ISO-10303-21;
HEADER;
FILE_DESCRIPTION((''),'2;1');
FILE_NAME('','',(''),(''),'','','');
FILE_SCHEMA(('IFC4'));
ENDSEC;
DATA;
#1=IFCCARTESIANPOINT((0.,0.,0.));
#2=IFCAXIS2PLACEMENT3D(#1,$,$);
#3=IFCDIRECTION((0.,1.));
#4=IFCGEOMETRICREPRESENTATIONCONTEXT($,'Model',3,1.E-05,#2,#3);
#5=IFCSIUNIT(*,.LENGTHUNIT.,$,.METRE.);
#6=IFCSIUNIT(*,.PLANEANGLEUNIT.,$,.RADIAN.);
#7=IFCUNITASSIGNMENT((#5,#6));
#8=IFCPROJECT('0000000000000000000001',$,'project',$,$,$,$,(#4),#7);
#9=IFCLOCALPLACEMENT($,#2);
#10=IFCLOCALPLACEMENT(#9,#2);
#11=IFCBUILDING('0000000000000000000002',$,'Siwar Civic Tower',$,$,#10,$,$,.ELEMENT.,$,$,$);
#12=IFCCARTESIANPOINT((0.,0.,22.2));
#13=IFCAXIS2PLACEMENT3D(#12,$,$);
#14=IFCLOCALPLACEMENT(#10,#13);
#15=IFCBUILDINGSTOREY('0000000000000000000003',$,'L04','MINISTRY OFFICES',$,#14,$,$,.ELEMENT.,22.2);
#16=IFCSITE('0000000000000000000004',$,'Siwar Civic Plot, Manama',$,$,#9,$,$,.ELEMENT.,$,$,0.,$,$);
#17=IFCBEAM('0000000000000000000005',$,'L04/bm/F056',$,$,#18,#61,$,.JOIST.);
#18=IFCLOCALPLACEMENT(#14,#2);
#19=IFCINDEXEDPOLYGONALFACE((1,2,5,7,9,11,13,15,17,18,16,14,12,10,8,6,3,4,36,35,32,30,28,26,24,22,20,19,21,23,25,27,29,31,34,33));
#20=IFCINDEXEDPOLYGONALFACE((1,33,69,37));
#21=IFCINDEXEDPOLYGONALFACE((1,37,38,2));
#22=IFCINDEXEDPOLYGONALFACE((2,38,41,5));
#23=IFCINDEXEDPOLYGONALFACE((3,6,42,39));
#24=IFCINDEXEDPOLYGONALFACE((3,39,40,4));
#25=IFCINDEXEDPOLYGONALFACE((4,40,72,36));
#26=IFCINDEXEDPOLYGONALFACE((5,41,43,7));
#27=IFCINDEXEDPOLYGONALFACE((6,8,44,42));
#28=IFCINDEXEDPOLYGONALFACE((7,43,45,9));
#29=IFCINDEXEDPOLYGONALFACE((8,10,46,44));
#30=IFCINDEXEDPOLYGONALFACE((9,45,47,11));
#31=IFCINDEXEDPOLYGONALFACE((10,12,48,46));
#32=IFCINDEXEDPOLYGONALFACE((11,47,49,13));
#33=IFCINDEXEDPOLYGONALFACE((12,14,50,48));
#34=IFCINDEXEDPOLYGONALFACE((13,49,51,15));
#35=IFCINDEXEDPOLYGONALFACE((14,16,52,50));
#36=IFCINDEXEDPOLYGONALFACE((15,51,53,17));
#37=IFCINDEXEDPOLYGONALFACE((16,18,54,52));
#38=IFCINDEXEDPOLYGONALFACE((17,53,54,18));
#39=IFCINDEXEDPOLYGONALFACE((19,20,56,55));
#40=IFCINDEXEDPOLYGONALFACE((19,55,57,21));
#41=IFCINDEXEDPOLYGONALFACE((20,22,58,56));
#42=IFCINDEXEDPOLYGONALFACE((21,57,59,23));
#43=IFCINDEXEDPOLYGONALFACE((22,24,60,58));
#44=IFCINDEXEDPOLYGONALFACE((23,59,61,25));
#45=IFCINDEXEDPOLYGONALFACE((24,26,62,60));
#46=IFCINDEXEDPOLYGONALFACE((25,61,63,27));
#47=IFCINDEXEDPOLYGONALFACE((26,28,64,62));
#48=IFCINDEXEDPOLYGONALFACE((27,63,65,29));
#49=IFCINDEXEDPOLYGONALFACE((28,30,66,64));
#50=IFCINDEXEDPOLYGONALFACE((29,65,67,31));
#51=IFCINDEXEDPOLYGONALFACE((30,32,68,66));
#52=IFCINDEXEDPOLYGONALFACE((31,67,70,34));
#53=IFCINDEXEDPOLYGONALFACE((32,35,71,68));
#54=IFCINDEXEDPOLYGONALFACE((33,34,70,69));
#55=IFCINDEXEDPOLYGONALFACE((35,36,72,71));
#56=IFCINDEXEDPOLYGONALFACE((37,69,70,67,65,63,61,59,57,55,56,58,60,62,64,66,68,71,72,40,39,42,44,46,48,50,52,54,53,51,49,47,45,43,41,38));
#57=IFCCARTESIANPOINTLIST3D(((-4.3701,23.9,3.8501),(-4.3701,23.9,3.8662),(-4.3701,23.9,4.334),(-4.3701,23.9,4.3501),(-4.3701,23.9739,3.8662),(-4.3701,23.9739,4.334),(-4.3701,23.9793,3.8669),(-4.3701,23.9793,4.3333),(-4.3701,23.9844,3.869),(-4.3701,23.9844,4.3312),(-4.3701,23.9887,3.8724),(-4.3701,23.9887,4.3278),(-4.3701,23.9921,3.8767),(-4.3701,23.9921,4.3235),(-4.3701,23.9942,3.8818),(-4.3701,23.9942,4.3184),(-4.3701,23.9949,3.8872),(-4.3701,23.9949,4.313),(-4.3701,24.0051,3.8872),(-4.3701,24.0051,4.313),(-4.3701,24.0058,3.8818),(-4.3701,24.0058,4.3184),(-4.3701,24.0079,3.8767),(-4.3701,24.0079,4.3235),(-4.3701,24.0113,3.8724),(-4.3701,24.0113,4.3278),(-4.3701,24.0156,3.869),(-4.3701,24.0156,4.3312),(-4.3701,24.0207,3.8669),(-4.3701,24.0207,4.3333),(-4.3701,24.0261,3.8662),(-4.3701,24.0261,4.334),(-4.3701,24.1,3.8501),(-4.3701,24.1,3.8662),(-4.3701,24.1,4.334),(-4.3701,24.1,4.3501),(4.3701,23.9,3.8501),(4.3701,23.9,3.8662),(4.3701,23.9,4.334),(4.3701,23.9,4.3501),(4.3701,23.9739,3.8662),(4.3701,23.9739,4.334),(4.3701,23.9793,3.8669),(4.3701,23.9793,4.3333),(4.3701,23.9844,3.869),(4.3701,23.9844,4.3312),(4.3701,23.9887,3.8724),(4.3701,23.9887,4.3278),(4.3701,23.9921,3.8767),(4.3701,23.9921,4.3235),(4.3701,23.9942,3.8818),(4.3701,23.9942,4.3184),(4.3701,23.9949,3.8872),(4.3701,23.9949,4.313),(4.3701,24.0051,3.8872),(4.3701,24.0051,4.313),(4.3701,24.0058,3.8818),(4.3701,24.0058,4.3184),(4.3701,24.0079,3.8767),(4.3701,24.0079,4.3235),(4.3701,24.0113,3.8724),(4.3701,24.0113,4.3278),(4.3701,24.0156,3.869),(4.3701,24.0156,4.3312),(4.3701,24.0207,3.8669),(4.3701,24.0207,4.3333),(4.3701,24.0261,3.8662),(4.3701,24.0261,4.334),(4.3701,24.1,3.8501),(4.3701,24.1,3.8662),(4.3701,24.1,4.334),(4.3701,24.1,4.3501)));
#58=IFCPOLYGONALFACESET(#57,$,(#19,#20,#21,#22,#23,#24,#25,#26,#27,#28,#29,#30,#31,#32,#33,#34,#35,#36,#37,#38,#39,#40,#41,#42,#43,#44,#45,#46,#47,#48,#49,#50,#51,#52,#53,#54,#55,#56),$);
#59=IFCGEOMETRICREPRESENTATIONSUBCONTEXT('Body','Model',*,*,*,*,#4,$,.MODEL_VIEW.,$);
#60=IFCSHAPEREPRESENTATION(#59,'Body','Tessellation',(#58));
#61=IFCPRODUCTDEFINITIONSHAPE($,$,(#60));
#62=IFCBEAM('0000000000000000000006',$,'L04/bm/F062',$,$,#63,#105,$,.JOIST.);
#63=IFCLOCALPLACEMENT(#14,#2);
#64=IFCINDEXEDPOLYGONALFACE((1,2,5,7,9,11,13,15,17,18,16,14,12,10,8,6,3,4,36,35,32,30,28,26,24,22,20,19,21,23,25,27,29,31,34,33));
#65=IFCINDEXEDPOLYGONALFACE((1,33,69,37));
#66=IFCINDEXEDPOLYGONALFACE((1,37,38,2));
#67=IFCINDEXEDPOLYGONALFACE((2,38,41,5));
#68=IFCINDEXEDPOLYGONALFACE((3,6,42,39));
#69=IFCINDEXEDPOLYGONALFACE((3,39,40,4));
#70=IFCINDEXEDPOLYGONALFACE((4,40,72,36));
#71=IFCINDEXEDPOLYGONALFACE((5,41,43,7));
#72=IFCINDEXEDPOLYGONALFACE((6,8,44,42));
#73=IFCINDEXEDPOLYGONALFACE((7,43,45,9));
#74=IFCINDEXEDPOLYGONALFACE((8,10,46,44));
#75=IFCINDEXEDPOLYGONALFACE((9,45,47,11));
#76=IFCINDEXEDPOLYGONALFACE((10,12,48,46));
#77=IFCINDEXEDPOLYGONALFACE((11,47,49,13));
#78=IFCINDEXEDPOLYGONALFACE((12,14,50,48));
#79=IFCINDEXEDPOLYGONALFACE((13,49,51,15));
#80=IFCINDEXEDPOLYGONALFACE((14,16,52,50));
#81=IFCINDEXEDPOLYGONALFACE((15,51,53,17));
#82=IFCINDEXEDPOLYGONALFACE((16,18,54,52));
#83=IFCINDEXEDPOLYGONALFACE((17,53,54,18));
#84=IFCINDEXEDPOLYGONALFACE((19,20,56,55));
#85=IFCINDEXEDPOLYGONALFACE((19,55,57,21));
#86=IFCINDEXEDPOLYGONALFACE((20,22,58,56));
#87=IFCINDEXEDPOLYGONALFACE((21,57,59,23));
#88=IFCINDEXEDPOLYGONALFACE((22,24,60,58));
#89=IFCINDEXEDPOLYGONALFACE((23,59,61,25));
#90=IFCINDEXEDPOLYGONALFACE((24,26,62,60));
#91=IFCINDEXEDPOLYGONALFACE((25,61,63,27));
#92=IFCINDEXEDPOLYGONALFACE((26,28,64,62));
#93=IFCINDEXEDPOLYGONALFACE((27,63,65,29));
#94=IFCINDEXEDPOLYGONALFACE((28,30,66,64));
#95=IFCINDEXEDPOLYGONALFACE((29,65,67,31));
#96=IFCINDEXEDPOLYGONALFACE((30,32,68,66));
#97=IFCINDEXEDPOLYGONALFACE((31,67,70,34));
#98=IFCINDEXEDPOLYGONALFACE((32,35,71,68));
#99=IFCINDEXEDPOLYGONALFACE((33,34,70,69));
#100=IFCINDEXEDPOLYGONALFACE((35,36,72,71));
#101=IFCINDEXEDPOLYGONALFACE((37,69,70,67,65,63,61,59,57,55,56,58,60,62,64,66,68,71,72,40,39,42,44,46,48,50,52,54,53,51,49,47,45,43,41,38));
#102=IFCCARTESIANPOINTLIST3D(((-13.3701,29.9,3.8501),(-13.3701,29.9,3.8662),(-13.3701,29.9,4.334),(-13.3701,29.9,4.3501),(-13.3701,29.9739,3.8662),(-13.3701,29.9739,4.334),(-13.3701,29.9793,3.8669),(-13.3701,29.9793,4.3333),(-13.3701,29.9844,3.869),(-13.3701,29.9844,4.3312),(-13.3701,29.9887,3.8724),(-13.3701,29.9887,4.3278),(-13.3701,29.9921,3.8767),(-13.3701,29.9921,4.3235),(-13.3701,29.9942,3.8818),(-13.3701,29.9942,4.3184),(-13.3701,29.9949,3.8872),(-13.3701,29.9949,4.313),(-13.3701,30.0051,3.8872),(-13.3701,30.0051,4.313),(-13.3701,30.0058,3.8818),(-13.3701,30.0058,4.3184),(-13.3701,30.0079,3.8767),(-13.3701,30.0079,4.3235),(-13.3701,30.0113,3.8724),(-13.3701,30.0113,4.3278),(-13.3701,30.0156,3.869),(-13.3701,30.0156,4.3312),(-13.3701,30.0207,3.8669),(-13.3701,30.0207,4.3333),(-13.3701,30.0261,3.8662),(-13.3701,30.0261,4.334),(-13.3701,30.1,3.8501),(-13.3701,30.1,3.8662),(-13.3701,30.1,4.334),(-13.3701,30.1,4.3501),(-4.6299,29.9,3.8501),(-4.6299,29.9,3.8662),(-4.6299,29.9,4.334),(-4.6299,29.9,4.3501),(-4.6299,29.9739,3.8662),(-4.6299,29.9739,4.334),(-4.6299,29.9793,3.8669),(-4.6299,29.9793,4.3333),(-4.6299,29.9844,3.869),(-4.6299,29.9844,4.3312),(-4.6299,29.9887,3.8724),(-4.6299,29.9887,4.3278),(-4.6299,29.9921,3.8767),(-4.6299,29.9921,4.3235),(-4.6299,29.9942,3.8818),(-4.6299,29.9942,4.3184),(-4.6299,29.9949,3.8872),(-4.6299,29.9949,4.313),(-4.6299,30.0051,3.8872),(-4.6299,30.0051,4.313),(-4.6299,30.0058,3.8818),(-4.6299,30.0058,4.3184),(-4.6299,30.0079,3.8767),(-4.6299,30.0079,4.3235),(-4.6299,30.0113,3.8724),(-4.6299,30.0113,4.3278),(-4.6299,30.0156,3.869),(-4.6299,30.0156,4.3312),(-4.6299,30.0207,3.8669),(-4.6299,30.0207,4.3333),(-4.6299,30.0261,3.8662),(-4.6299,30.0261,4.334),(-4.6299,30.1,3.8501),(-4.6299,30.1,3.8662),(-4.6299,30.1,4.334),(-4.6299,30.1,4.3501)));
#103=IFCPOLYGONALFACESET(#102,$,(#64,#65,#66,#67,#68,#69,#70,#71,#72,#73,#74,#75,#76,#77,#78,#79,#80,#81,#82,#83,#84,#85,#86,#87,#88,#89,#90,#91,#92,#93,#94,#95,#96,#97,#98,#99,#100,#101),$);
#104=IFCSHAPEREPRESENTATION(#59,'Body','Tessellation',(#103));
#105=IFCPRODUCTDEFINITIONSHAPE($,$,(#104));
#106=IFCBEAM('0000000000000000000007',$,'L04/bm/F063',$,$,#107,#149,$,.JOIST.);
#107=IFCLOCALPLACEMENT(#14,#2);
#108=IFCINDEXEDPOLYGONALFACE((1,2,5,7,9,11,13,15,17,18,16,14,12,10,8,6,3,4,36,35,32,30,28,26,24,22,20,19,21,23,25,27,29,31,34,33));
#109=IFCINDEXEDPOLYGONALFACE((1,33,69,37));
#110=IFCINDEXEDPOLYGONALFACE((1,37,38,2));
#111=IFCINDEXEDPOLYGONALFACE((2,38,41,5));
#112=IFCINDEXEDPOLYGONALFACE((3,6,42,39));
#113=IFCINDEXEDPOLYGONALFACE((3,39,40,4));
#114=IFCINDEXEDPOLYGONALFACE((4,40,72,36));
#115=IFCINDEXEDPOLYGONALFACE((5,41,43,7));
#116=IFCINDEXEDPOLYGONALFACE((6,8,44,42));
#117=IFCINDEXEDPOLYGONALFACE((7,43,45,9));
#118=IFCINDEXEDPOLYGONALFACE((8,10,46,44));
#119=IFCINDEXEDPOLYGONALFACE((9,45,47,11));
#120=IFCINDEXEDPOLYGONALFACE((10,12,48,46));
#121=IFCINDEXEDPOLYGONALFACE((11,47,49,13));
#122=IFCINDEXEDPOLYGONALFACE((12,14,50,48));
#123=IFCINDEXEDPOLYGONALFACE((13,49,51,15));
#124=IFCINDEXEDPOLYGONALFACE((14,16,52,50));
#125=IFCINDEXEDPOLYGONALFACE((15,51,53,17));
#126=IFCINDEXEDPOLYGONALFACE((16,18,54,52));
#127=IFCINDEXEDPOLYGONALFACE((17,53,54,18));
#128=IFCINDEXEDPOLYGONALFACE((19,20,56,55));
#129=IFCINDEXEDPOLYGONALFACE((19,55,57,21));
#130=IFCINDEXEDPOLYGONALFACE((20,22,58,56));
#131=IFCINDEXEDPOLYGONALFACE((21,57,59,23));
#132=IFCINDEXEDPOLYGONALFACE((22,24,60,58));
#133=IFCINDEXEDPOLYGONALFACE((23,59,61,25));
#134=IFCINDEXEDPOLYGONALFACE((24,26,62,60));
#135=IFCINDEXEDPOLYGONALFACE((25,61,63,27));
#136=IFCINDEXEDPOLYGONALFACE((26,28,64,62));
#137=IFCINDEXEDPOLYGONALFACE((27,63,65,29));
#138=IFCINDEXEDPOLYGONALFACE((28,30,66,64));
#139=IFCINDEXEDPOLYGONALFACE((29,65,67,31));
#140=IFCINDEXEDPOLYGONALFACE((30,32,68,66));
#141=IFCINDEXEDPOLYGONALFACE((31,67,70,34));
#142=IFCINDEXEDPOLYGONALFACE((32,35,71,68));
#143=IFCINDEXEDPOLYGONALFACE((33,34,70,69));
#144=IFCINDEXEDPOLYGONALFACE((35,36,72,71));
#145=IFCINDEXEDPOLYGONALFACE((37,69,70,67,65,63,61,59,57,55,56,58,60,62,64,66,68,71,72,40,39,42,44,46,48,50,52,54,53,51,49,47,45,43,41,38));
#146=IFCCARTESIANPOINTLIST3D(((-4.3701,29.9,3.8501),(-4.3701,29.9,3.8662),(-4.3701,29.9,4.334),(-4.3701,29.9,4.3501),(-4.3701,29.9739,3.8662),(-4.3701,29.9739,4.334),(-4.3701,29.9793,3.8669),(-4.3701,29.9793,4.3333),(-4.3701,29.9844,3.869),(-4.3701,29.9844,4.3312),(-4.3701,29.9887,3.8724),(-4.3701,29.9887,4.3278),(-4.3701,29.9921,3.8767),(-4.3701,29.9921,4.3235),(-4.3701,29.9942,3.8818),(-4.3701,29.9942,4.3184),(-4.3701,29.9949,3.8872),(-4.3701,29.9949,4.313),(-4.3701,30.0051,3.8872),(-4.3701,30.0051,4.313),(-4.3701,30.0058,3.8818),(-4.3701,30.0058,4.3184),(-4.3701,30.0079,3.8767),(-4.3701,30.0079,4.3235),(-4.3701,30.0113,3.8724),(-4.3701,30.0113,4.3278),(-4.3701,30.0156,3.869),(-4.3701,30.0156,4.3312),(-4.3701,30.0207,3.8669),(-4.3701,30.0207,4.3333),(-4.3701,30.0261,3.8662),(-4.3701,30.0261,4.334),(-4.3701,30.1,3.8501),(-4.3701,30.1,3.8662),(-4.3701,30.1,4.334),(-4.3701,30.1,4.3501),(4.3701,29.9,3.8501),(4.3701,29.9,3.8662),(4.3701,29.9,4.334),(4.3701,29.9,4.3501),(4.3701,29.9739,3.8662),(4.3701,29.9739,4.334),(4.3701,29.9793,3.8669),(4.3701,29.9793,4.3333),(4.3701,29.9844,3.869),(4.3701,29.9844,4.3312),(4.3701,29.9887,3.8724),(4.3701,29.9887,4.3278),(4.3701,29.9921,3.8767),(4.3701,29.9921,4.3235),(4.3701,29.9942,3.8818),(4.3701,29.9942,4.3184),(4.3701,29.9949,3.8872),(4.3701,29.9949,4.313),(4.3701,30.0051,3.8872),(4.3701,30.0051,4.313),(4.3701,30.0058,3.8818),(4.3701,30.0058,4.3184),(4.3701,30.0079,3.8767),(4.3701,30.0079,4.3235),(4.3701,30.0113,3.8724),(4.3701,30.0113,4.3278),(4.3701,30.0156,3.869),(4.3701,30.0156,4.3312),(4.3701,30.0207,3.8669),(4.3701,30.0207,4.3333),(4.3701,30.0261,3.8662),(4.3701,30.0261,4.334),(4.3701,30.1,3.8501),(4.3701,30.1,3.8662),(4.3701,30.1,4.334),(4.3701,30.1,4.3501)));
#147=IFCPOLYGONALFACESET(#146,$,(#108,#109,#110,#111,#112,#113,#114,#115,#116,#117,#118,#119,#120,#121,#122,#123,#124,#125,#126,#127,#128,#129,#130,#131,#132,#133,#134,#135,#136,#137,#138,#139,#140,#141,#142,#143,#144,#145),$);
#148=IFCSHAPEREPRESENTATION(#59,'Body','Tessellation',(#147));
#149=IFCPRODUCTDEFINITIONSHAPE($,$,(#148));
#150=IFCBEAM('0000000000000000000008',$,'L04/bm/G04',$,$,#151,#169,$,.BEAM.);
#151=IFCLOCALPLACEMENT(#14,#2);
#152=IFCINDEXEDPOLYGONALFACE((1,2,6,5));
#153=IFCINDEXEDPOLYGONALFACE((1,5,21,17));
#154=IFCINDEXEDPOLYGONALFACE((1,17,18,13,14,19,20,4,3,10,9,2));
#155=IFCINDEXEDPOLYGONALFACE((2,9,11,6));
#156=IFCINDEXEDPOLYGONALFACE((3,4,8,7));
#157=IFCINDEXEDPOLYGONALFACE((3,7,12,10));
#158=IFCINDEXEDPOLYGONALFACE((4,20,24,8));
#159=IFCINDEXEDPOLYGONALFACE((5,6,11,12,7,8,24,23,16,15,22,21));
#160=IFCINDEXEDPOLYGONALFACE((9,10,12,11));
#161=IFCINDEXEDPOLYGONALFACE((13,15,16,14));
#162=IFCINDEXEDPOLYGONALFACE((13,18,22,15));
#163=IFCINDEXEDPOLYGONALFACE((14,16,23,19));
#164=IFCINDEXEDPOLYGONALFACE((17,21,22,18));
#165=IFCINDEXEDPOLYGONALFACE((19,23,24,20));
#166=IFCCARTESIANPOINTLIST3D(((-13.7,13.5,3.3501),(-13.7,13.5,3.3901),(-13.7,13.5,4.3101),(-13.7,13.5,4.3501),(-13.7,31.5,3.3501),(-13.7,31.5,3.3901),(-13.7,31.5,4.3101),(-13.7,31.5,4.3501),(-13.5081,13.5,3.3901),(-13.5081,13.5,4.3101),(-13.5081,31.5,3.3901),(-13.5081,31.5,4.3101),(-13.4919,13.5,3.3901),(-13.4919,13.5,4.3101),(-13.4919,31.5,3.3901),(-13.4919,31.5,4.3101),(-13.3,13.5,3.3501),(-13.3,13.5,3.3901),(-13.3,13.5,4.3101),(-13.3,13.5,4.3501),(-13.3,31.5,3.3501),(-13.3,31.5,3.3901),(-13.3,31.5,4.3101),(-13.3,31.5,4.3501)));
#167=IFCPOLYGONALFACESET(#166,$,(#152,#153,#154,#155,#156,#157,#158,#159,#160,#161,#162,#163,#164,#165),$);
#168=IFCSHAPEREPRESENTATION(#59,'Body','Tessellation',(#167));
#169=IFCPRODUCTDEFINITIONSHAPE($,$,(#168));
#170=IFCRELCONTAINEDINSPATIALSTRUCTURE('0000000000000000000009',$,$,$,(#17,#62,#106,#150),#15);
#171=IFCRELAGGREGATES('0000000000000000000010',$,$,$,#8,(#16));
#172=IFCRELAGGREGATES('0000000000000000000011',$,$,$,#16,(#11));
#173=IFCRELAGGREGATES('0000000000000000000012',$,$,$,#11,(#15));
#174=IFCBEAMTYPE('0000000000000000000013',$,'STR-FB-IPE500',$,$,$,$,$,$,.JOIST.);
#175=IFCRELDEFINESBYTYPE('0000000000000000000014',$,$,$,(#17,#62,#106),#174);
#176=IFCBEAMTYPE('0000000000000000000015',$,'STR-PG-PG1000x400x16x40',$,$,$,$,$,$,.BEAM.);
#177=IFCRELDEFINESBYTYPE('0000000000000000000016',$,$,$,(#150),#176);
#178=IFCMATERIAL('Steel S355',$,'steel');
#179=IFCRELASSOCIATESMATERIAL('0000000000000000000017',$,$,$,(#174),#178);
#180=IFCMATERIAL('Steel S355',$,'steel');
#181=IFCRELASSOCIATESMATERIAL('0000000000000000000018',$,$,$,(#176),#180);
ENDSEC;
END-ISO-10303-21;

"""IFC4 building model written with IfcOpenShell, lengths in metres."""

from ifc_helpers import new_model, si_unit, direction, frame, origin, origin_2d, place, context, subcontext, project, spatial, i_section, extrude, material, material_profile, profile_set, type_object, element, save


model = new_model("IFC4")

# Units and contexts
model_context = context("Model", 3, precision=1e-05, world=origin(), true_north=direction((0.0, 1.0)))
body_context = subcontext(model_context, "Body", "Model", "MODEL_VIEW")
ifc_project = project(units=[si_unit("LENGTHUNIT", "METRE"), si_unit("PLANEANGLEUNIT", "RADIAN")], contexts=[model_context])

# Site, building, storey
site_placement = place(None, origin())
site = spatial("IfcSite", under=ifc_project, at=site_placement, Name="Siwar Civic Plot, Manama", CompositionType="ELEMENT", RefElevation=0.0)
building_placement = place(site_placement, origin())
building = spatial("IfcBuilding", under=site, at=building_placement, Name="Siwar Civic Tower", CompositionType="ELEMENT")
storey_placement = place(building_placement, frame((0.0, 0.0, 22.2)))
storey = spatial("IfcBuildingStorey", under=building, at=storey_placement, Name="L04", Description="MINISTRY OFFICES", CompositionType="ELEMENT", Elevation=22.2)

# Beams
ifc_material_1 = material(Name="Steel S355", Category="steel")
ifc_material_profile_1 = material_profile(ifc_material_1, i_section(OverallWidth=0.2, OverallDepth=0.5, WebThickness=0.0103, FlangeThickness=0.0161, FilletRadius=0.021, at=origin_2d()), Name="IPE500")
ifc_profile_set_1 = profile_set([ifc_material_profile_1], Name="Steel S355")
beam_type_1 = type_object("IfcBeamType", Name="STR-FB-IPE500", PredefinedType="JOIST", material=ifc_profile_set_1)
for number, where, z_axis, x_axis, name in (
    (1, (-4.3701, 24.0, 4.1001), (1.0, 0.0, 0.0), (0.0, 1.0, 0.0), "L04/bm/F056"),
    (2, (-13.3701, 30.0, 4.1001), (1.0, 0.0, 0.0), (0.0, 1.0, 0.0), "L04/bm/F062"),
    (3, (-4.3701, 30.0, 4.1001), (1.0, 0.0, 0.0), (0.0, 1.0, 0.0), "L04/bm/F063"),
):
    element("IfcBeam", number, at=place(storey_placement, frame(where, z_axis=z_axis, x_axis=x_axis)), inside=storey, type_object=beam_type_1, Name=name, PredefinedType="JOIST", context=body_context, shape_type="SweptSolid", body=[
        extrude(i_section(OverallWidth=0.2, OverallDepth=0.5, WebThickness=0.0103, FlangeThickness=0.0161, FilletRadius=0.021, at=origin_2d()), origin(), (0.0, 0.0, 1.0), 8.7402),
    ])
ifc_material_2 = material(Name="Steel S355", Category="steel")
ifc_material_profile_2 = material_profile(ifc_material_2, i_section(OverallWidth=0.3999, OverallDepth=1.0, WebThickness=0.0161, FlangeThickness=0.04, at=origin_2d()), Name="PG1000x400x16x40")
ifc_profile_set_2 = profile_set([ifc_material_profile_2], Name="Steel S355")
beam_type_2 = type_object("IfcBeamType", Name="STR-PG-PG1000x400x16x40", PredefinedType="BEAM", material=ifc_profile_set_2)
beam_1_placement = place(storey_placement, frame((-13.5, 13.5, 3.8501), z_axis=(0.0, 1.0, 0.0), x_axis=(-1.0, 0.0, 0.0)))
element("IfcBeam", 4, at=beam_1_placement, inside=storey, type_object=beam_type_2, Name="L04/bm/G04", PredefinedType="BEAM", context=body_context, shape_type="SweptSolid", body=[
    extrude(i_section(OverallWidth=0.3999, OverallDepth=1.0, WebThickness=0.0161, FlangeThickness=0.04, at=origin_2d()), origin(), (0.0, 0.0, 1.0), 18.0),
])

save(model, "model.ifc")
